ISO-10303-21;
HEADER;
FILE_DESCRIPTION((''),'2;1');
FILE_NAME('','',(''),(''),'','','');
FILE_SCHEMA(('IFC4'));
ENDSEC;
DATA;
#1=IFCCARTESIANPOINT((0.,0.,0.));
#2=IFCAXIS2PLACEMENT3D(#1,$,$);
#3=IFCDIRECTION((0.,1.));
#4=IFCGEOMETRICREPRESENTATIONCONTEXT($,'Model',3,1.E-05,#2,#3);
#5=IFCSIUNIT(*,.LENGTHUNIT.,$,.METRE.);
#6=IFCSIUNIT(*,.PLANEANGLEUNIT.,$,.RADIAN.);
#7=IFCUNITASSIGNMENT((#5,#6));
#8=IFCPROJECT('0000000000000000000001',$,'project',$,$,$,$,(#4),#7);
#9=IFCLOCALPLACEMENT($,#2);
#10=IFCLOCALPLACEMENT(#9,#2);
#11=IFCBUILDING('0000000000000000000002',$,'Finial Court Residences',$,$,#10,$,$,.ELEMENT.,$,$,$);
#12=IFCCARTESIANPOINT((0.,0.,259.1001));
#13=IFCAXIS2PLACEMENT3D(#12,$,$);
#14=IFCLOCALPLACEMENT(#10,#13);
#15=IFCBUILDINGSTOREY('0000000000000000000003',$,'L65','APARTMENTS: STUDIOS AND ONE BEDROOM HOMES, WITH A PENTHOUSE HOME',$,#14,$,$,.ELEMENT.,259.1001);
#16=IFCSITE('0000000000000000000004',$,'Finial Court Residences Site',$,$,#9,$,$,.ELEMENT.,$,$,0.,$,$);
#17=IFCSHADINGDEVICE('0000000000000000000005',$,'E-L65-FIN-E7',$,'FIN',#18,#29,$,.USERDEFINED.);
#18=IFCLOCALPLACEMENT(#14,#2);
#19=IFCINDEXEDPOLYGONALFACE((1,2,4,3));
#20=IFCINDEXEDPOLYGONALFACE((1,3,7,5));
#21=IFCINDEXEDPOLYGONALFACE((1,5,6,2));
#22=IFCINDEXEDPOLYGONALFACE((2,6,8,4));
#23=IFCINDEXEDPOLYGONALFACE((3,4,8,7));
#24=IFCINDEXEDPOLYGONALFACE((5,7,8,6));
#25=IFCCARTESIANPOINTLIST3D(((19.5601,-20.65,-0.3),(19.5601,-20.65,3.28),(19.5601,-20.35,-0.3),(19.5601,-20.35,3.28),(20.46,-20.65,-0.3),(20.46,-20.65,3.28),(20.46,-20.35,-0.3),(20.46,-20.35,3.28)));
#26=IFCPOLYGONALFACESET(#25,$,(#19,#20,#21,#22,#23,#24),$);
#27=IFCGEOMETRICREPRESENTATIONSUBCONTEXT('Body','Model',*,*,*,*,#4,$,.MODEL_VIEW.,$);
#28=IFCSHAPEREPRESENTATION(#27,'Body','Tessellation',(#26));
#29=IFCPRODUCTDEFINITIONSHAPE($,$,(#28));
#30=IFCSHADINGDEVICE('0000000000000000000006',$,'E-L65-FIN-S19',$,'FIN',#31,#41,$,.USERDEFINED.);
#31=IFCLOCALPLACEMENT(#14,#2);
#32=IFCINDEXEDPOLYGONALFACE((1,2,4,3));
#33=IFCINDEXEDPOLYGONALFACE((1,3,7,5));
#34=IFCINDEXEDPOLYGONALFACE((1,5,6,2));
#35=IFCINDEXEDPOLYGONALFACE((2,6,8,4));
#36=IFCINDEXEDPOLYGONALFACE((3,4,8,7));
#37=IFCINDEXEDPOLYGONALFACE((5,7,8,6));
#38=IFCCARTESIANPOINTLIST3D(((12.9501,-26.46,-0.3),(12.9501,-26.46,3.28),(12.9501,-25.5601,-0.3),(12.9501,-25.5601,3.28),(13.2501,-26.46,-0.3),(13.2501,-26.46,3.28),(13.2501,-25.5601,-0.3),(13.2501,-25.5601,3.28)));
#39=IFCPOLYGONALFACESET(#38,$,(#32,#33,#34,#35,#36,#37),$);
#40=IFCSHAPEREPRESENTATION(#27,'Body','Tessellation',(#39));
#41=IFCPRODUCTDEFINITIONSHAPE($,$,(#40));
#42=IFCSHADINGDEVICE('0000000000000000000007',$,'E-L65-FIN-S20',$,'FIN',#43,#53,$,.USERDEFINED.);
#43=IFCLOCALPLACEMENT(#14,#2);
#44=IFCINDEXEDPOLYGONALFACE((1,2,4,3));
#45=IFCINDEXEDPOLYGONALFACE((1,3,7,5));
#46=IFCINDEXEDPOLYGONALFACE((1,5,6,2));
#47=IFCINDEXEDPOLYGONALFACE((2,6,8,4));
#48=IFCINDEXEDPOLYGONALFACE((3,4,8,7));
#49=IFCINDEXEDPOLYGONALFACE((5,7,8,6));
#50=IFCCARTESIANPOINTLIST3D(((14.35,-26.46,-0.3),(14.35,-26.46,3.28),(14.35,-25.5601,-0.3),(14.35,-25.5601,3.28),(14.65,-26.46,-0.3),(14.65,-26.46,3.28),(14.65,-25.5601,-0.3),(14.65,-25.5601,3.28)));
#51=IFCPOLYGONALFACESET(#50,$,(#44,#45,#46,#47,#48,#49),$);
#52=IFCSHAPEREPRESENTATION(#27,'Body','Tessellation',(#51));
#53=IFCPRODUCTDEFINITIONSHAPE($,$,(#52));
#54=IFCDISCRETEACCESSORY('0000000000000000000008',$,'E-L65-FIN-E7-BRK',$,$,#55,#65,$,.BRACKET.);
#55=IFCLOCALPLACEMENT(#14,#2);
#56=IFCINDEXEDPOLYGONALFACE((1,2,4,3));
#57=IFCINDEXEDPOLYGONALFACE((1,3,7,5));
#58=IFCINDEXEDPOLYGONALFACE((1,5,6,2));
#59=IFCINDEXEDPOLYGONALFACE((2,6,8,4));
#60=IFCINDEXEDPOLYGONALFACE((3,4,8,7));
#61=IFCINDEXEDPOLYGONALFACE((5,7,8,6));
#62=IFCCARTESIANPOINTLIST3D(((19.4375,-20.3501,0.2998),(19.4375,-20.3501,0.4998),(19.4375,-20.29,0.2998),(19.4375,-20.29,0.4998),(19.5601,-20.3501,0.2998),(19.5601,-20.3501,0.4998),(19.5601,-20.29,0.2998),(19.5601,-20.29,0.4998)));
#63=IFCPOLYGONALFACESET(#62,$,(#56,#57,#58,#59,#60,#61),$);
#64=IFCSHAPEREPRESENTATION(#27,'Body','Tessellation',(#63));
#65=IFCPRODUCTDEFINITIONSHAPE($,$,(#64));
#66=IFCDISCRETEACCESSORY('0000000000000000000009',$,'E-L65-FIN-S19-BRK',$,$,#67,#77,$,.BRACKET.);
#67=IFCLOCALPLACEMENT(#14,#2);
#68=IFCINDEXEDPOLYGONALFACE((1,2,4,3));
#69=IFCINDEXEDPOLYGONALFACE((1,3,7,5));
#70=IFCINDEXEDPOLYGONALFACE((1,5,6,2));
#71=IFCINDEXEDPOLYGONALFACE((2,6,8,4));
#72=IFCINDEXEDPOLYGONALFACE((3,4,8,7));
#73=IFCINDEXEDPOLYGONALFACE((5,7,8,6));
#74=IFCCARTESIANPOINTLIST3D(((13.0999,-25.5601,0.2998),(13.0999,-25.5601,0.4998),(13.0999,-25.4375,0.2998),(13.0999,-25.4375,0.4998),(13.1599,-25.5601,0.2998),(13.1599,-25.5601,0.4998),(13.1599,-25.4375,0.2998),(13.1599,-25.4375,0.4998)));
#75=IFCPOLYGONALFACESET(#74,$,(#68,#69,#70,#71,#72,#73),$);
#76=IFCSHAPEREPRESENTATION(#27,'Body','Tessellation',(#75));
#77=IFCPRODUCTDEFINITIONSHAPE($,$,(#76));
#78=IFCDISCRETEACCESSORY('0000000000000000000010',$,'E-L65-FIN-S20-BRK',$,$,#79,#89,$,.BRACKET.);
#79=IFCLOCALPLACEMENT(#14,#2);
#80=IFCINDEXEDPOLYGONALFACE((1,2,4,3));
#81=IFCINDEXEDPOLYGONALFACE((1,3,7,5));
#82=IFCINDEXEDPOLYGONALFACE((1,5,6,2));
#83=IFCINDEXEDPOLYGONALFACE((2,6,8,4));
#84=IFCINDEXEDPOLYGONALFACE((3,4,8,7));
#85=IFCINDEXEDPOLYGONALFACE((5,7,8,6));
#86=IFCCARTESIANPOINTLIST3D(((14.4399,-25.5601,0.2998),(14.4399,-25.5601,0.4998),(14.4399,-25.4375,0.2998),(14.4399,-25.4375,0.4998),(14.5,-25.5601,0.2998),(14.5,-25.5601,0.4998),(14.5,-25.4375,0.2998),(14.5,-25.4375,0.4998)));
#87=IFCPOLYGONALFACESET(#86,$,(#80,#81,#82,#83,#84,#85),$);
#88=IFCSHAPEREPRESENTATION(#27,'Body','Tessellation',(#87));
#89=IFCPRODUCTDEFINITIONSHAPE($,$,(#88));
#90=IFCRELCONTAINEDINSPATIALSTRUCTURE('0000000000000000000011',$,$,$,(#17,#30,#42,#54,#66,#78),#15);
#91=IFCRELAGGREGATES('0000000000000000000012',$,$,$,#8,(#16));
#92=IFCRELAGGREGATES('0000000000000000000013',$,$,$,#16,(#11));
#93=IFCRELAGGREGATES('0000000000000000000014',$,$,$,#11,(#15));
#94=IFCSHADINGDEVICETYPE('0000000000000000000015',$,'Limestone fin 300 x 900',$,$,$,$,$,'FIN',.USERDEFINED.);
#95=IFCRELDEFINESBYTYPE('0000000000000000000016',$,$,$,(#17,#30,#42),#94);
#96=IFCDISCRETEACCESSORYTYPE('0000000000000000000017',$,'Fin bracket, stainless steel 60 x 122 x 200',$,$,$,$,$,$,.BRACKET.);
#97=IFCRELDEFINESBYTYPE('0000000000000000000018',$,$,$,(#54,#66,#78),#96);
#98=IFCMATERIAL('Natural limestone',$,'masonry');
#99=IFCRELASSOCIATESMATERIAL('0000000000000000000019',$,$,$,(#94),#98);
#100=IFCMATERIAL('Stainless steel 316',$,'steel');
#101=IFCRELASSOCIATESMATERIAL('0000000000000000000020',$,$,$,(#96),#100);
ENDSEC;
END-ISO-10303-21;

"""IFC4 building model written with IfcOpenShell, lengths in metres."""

from ifc_helpers import new_model, si_unit, direction, frame, origin, origin_2d, place, context, subcontext, project, spatial, rectangle, extrude, material, type_object, element, save


model = new_model("IFC4")

# Units and contexts
model_context = context("Model", 3, precision=1e-05, world=origin(), true_north=direction((0.0, 1.0)))
body_context = subcontext(model_context, "Body", "Model", "MODEL_VIEW")
ifc_project = project(units=[si_unit("LENGTHUNIT", "METRE"), si_unit("PLANEANGLEUNIT", "RADIAN")], contexts=[model_context])

# Site, building, storey
site_placement = place(None, origin())
site = spatial("IfcSite", under=ifc_project, at=site_placement, Name="Finial Court Residences Site", CompositionType="ELEMENT", RefElevation=0.0)
building_placement = place(site_placement, origin())
building = spatial("IfcBuilding", under=site, at=building_placement, Name="Finial Court Residences", CompositionType="ELEMENT")
storey_placement = place(building_placement, frame((0.0, 0.0, 259.1001)))
storey = spatial("IfcBuildingStorey", under=building, at=storey_placement, Name="L65", Description="APARTMENTS: STUDIOS AND ONE BEDROOM HOMES, WITH A PENTHOUSE HOME", CompositionType="ELEMENT", Elevation=259.1001)

# Shared definitions
ifc_material_1 = material(Name="Natural limestone", Category="masonry")

# Shading devices
shading_device_type = type_object("IfcShadingDeviceType", Name="Limestone fin 300 x 900", ElementType="FIN", PredefinedType="USERDEFINED", material=ifc_material_1)
shading_device_placement = place(storey_placement, frame((20.01, -20.5, -0.3), z_axis=(0.0, 0.0, 1.0), x_axis=(1.0, 0.0, 0.0)))
element("IfcShadingDevice", 1, at=shading_device_placement, inside=storey, type_object=shading_device_type, Name="E-L65-FIN-E7", ObjectType="FIN", PredefinedType="USERDEFINED", context=body_context, shape_type="SweptSolid", body=[
    extrude(rectangle(XDim=0.8999, YDim=0.3, at=origin_2d()), origin(), (0.0, 0.0, 1.0), 3.5801),
])
for number, where, z_axis, x_axis, name in (
    (2, (13.1001, -26.01, -0.3), (0.0, 0.0, 1.0), (1.0, 0.0, 0.0), "E-L65-FIN-S19"),
    (3, (14.5, -26.01, -0.3), (0.0, 0.0, 1.0), (1.0, 0.0, 0.0), "E-L65-FIN-S20"),
):
    element("IfcShadingDevice", number, at=place(storey_placement, frame(where, z_axis=z_axis, x_axis=x_axis)), inside=storey, type_object=shading_device_type, Name=name, ObjectType="FIN", PredefinedType="USERDEFINED", context=body_context, shape_type="SweptSolid", body=[
        extrude(rectangle(XDim=0.3, YDim=0.8999, at=origin_2d()), origin(), (0.0, 0.0, 1.0), 3.5801),
    ])

# Discrete accessories
ifc_material_2 = material(Name="Stainless steel 316", Category="steel")
discrete_accessory_type = type_object("IfcDiscreteAccessoryType", Name="Fin bracket, stainless steel 60 x 122 x 200", PredefinedType="BRACKET", material=ifc_material_2)
discrete_accessory_placement = place(storey_placement, frame((19.4988, -20.3201, 0.2998), z_axis=(0.0, 0.0, 1.0), x_axis=(1.0, 0.0, 0.0)))
element("IfcDiscreteAccessory", 4, at=discrete_accessory_placement, inside=storey, type_object=discrete_accessory_type, Name="E-L65-FIN-E7-BRK", PredefinedType="BRACKET", context=body_context, shape_type="SweptSolid", body=[
    extrude(rectangle(XDim=0.1226, YDim=0.0601, at=origin_2d()), origin(), (0.0, 0.0, 1.0), 0.2),
])
for number, where, z_axis, x_axis, name in (
    (5, (13.1299, -25.4988, 0.2998), (0.0, 0.0, 1.0), (1.0, 0.0, 0.0), "E-L65-FIN-S19-BRK"),
    (6, (14.47, -25.4988, 0.2998), (0.0, 0.0, 1.0), (1.0, 0.0, 0.0), "E-L65-FIN-S20-BRK"),
):
    element("IfcDiscreteAccessory", number, at=place(storey_placement, frame(where, z_axis=z_axis, x_axis=x_axis)), inside=storey, type_object=discrete_accessory_type, Name=name, PredefinedType="BRACKET", context=body_context, shape_type="SweptSolid", body=[
        extrude(rectangle(XDim=0.0601, YDim=0.1226, at=origin_2d()), origin(), (0.0, 0.0, 1.0), 0.2),
    ])

save(model, "model.ifc")
